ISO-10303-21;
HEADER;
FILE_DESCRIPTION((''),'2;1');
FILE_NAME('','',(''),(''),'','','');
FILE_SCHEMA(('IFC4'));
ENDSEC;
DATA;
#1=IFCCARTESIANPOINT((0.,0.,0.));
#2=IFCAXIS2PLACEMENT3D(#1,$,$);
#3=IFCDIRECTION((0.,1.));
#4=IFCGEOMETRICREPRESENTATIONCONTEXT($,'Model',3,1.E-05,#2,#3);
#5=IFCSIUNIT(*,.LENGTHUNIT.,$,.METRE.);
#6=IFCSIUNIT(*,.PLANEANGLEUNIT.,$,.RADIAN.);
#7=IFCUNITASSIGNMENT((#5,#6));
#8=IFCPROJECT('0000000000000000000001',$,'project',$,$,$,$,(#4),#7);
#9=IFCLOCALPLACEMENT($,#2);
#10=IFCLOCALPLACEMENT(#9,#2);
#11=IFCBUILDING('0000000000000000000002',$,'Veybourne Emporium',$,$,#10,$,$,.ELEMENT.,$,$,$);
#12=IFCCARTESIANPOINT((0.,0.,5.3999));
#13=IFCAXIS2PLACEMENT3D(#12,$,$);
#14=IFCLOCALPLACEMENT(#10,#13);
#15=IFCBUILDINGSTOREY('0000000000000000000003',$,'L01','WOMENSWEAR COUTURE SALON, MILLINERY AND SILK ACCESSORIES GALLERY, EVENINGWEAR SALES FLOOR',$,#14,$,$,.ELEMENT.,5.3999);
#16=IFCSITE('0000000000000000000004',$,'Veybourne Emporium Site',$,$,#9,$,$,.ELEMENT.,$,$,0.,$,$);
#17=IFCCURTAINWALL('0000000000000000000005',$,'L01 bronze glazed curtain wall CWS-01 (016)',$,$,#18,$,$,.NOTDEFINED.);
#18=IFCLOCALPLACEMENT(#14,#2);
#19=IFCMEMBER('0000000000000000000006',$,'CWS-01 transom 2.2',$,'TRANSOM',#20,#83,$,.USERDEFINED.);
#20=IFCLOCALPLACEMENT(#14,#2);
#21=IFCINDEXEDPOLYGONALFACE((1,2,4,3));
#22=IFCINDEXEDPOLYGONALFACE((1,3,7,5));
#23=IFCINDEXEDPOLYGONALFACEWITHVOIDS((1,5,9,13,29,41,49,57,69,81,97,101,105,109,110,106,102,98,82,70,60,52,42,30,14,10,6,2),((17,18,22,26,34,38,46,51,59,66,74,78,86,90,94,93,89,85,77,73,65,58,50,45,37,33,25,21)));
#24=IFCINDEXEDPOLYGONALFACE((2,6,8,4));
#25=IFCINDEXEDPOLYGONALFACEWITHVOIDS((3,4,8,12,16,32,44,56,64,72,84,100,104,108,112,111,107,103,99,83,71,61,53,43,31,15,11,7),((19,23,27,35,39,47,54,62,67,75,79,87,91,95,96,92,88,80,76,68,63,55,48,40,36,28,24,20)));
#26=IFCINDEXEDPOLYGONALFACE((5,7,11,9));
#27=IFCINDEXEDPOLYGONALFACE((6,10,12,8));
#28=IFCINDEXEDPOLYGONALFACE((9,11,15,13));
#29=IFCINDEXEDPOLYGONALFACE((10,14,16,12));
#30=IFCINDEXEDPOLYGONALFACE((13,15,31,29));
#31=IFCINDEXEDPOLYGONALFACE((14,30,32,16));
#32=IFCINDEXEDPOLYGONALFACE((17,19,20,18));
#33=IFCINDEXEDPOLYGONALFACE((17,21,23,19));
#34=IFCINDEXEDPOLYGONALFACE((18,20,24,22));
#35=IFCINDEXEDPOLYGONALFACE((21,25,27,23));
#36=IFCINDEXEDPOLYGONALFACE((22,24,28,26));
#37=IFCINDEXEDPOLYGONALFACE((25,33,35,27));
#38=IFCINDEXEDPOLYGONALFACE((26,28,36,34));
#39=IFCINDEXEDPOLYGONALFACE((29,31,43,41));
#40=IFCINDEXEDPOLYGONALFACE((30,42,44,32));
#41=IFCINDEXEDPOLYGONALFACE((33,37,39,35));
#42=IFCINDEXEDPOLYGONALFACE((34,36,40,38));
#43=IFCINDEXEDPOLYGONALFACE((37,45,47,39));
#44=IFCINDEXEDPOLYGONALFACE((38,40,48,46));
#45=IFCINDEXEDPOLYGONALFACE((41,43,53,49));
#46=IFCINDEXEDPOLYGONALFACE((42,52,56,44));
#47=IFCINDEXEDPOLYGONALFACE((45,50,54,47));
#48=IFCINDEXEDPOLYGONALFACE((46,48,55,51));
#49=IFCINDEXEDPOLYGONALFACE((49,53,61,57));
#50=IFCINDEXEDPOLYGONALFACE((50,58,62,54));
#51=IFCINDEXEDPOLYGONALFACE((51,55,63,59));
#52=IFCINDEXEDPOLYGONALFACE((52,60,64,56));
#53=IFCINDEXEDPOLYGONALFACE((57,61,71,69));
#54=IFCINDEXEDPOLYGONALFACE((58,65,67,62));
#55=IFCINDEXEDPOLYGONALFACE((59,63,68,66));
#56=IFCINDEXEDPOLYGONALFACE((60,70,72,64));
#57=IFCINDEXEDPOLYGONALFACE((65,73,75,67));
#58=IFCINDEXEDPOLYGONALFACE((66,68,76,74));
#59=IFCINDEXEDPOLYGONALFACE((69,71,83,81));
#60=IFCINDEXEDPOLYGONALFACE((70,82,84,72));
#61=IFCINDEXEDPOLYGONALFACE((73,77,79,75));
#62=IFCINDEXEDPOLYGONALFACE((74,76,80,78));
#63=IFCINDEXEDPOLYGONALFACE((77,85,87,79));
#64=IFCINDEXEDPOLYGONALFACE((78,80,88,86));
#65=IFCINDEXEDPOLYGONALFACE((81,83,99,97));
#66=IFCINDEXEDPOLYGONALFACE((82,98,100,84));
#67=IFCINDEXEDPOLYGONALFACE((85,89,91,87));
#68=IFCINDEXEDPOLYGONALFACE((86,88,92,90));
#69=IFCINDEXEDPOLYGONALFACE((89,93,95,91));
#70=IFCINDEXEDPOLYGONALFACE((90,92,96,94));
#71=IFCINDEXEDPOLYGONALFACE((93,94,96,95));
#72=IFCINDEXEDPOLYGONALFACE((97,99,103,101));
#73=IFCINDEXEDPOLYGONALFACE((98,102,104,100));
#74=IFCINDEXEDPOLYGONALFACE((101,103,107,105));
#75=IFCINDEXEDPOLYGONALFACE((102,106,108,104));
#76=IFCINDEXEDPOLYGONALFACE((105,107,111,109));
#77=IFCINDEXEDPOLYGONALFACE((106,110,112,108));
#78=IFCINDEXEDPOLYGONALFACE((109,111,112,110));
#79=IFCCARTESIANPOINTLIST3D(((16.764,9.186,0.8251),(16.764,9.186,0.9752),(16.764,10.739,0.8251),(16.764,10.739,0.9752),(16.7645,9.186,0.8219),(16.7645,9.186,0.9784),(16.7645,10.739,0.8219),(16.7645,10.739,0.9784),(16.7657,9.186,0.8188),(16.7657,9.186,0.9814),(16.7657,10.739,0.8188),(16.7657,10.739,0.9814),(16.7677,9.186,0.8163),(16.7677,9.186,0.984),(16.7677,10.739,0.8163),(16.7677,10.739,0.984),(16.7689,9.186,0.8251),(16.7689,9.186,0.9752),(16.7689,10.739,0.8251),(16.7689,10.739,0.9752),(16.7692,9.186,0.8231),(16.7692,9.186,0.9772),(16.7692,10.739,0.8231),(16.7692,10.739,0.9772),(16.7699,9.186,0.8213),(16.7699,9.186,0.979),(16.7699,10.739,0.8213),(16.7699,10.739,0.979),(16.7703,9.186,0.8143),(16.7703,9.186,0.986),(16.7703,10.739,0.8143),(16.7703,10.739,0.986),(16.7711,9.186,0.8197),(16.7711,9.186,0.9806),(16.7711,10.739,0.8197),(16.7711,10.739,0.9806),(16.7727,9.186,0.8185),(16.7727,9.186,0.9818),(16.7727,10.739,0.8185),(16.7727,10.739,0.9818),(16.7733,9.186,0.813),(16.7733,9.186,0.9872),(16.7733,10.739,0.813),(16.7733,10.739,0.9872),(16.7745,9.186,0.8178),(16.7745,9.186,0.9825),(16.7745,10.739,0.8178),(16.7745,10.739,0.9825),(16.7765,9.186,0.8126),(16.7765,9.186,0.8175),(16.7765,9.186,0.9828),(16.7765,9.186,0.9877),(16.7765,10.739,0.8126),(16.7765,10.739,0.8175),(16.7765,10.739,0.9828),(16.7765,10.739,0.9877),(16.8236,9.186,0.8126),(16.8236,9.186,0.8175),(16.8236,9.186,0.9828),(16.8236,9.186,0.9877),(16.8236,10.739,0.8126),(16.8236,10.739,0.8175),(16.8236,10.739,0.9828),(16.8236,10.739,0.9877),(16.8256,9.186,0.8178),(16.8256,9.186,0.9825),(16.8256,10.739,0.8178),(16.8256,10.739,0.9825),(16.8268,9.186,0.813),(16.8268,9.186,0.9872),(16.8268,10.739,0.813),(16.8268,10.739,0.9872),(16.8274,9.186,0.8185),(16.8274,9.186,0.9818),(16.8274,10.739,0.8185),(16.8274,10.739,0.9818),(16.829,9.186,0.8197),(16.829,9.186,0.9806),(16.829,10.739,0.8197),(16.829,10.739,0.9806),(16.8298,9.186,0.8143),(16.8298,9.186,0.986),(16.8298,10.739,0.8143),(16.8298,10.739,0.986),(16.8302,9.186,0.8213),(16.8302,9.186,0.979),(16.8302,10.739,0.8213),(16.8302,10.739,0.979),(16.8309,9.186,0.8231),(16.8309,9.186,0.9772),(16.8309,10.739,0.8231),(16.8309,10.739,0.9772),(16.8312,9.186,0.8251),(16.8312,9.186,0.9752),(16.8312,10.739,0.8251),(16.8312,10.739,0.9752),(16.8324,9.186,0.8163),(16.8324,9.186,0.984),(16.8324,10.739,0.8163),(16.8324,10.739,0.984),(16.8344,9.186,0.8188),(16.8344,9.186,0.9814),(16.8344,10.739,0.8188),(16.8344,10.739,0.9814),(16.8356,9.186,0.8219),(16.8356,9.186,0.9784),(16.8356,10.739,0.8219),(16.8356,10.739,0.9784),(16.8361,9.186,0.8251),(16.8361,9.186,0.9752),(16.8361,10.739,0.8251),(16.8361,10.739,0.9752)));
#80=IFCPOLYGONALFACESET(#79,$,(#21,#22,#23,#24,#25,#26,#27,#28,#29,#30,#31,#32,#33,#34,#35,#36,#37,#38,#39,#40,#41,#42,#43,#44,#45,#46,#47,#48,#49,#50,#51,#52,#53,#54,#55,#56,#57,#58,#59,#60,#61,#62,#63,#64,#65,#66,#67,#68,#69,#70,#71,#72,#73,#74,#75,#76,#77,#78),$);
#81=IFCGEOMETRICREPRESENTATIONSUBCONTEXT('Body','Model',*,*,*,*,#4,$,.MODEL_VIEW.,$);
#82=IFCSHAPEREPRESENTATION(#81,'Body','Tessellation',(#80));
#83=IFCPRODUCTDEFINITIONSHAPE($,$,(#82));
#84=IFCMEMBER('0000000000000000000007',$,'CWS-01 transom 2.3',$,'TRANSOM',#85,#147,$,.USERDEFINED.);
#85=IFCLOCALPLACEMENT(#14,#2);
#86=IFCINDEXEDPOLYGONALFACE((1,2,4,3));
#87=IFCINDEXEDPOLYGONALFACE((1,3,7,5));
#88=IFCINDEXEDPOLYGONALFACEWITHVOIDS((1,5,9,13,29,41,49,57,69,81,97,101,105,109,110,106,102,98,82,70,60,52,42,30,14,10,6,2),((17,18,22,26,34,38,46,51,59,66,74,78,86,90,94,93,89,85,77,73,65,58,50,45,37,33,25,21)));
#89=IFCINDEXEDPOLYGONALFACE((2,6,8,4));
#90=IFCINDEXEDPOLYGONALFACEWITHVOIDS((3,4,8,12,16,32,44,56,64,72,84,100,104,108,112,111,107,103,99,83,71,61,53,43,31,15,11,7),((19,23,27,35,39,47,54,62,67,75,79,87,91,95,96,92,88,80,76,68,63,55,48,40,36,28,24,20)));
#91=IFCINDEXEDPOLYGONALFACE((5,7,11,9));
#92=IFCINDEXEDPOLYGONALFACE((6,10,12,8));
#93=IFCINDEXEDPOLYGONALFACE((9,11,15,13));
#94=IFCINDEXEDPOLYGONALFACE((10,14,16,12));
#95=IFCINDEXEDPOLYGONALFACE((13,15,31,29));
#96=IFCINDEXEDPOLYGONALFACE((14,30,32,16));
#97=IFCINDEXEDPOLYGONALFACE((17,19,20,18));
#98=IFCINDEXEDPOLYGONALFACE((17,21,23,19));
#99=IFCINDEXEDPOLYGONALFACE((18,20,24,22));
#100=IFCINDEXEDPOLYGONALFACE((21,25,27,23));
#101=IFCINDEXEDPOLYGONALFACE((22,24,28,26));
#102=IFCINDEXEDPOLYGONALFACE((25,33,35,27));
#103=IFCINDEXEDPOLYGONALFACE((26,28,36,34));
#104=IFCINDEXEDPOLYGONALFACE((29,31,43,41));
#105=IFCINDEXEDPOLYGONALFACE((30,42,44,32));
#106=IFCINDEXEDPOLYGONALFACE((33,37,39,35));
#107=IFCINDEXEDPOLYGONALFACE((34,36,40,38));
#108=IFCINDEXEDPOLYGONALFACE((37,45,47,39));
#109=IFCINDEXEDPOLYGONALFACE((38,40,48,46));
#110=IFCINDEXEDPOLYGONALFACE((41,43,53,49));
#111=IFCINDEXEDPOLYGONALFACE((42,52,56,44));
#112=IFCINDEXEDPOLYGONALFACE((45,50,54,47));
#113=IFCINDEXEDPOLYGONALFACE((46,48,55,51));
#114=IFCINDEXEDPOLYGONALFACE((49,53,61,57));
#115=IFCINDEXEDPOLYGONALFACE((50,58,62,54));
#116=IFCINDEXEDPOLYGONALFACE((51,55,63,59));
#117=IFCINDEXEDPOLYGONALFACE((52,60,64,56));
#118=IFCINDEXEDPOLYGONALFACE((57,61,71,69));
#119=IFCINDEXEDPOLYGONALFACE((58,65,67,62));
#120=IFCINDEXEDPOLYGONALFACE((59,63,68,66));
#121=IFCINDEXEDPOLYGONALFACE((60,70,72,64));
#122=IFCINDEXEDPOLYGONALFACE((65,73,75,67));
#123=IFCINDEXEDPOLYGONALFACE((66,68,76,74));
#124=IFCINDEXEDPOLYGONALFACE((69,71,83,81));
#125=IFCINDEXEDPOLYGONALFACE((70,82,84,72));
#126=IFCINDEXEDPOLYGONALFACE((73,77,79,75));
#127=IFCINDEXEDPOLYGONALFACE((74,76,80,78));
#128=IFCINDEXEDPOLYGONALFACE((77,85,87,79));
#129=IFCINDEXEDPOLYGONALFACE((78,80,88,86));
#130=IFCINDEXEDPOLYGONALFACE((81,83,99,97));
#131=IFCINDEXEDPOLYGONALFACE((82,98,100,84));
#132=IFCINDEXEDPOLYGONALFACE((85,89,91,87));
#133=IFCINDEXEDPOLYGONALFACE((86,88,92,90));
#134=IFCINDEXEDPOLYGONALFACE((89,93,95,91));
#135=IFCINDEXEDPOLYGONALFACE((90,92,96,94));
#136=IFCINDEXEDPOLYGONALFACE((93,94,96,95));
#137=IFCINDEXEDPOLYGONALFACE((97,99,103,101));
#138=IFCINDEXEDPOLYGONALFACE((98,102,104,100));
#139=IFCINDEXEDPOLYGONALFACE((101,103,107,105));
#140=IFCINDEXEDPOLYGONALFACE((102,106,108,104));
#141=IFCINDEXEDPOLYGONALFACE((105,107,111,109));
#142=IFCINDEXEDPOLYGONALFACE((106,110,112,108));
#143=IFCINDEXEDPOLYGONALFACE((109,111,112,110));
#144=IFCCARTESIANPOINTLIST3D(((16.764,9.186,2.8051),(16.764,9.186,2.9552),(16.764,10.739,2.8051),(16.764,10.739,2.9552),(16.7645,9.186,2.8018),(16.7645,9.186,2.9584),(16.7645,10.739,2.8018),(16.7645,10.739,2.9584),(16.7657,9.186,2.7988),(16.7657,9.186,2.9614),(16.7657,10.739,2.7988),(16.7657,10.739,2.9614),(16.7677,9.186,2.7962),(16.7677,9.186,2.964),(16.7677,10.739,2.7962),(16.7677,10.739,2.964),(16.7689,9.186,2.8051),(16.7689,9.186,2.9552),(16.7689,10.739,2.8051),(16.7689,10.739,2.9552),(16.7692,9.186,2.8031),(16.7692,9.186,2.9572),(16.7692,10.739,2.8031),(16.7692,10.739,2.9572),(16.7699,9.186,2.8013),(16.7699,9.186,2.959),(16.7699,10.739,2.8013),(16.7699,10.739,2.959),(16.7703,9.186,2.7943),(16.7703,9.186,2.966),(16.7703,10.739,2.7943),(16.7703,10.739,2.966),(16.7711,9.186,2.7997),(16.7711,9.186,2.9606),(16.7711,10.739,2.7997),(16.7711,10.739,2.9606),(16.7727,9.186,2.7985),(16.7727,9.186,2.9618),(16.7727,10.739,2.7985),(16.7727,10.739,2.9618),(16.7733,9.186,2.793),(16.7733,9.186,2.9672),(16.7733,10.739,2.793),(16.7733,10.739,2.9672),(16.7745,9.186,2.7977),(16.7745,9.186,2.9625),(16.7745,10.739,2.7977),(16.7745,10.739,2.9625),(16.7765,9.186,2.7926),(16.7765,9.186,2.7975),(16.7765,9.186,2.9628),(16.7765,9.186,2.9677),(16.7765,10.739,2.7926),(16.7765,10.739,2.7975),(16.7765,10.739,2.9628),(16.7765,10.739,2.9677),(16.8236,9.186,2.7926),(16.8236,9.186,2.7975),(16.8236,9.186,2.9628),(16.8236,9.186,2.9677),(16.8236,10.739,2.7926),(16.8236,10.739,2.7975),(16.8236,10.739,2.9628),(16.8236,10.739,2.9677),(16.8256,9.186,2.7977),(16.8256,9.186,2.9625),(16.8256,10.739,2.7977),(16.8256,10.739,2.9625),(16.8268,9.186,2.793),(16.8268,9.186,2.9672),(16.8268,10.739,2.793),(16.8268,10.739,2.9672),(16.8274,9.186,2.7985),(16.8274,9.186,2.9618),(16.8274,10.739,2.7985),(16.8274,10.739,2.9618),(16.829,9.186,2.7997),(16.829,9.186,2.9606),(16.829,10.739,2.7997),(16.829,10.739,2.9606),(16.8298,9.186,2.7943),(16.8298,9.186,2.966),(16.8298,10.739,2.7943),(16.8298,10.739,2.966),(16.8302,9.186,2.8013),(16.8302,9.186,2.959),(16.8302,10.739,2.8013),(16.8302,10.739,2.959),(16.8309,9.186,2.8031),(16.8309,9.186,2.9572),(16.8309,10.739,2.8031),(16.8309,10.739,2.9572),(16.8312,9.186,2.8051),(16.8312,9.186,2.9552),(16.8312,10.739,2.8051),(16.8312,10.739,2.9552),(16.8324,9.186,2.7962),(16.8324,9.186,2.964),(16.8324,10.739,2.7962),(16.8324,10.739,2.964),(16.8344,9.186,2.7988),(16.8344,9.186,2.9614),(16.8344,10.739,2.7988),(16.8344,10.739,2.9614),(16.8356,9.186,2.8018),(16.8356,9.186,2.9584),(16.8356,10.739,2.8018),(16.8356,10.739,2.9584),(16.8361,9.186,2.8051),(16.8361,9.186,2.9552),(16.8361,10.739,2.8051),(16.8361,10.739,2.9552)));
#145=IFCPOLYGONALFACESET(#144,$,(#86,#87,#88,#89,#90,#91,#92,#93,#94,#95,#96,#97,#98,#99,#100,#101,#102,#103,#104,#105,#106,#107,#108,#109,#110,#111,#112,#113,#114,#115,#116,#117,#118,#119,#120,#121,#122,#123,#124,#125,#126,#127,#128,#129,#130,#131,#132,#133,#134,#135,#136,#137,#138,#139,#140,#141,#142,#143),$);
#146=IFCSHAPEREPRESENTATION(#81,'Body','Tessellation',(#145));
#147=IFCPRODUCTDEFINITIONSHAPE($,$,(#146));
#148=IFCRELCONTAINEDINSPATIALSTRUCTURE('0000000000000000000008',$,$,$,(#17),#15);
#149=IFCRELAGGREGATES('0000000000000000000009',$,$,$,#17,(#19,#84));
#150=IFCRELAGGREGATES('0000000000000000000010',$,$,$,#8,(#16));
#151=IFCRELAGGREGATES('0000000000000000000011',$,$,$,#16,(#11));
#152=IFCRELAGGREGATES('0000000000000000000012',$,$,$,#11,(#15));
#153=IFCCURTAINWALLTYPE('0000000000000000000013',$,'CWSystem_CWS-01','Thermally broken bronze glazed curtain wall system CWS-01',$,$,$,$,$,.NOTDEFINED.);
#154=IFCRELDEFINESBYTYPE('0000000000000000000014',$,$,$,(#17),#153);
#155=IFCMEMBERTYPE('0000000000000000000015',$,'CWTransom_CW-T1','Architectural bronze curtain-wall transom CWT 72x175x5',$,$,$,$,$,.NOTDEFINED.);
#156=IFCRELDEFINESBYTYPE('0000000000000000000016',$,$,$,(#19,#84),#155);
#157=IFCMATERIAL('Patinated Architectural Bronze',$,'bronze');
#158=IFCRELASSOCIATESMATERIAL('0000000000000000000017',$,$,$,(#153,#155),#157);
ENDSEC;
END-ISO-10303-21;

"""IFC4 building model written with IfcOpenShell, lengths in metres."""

from ifc_helpers import new_model, si_unit, direction, frame, origin, origin_2d, place, context, subcontext, project, spatial, hollow_rectangle, extrude, material, material_profile, profile_set, type_object, element, aggregate, save


model = new_model("IFC4")

# Units and contexts
model_context = context("Model", 3, precision=1e-05, world=origin(), true_north=direction((0.0, 1.0)))
body_context = subcontext(model_context, "Body", "Model", "MODEL_VIEW")
ifc_project = project(units=[si_unit("LENGTHUNIT", "METRE"), si_unit("PLANEANGLEUNIT", "RADIAN")], contexts=[model_context])

# Site, building, storey
site_placement = place(None, origin())
site = spatial("IfcSite", under=ifc_project, at=site_placement, Name="Veybourne Emporium Site", CompositionType="ELEMENT", RefElevation=0.0)
building_placement = place(site_placement, origin())
building = spatial("IfcBuilding", under=site, at=building_placement, Name="Veybourne Emporium", CompositionType="ELEMENT")
storey_placement = place(building_placement, frame((0.0, 0.0, 5.3999)))
storey = spatial("IfcBuildingStorey", under=building, at=storey_placement, Name="L01", Description="WOMENSWEAR COUTURE SALON, MILLINERY AND SILK ACCESSORIES GALLERY, EVENINGWEAR SALES FLOOR", CompositionType="ELEMENT", Elevation=5.3999)

# Curtain wall
ifc_material_1 = material(Name="Patinated Architectural Bronze", Category="bronze")
curtain_wall_type_1 = type_object("IfcCurtainWallType", Name="CWSystem_CWS-01", Description="Thermally broken bronze glazed curtain wall system CWS-01", PredefinedType="NOTDEFINED", material=ifc_material_1)
curtain_wall_1_placement = place(storey_placement, origin())
curtain_wall_1 = element("IfcCurtainWall", 1, at=curtain_wall_1_placement, inside=storey, type_object=curtain_wall_type_1, Name="L01 bronze glazed curtain wall CWS-01 (016)", PredefinedType="NOTDEFINED")

# Members
ifc_material_profile_1 = material_profile(ifc_material_1, hollow_rectangle(XDim=0.072, YDim=0.175, WallThickness=0.0049, InnerFilletRadius=0.0076, OuterFilletRadius=0.0125, at=origin_2d()), Name="CWT 72x175x5")
ifc_profile_set_1 = profile_set([ifc_material_profile_1], Name="Patinated Architectural Bronze")
member_type_1 = type_object("IfcMemberType", Name="CWTransom_CW-T1", Description="Architectural bronze curtain-wall transom CWT 72x175x5", PredefinedType="NOTDEFINED", material=ifc_profile_set_1)
member_1_placement = place(storey_placement, frame((16.8, 9.186, 0.9001), z_axis=(0.0, 1.0, 0.0), x_axis=(-1.0, 0.0, 0.0)))
member_1 = element("IfcMember", 2, at=member_1_placement, type_object=member_type_1, Name="CWS-01 transom 2.2", ObjectType="TRANSOM", PredefinedType="USERDEFINED", context=body_context, shape_type="SweptSolid", body=[
    extrude(hollow_rectangle(XDim=0.072, YDim=0.175, WallThickness=0.0049, InnerFilletRadius=0.0076, OuterFilletRadius=0.0125, at=origin_2d()), origin(), (0.0, 0.0, 1.0), 1.553),
])
member_2_placement = place(storey_placement, frame((16.8, 9.186, 2.8801), z_axis=(0.0, 1.0, 0.0), x_axis=(-1.0, 0.0, 0.0)))
member_2 = element("IfcMember", 3, at=member_2_placement, type_object=member_type_1, Name="CWS-01 transom 2.3", ObjectType="TRANSOM", PredefinedType="USERDEFINED", context=body_context, shape_type="SweptSolid", body=[
    extrude(hollow_rectangle(XDim=0.072, YDim=0.175, WallThickness=0.0049, InnerFilletRadius=0.0076, OuterFilletRadius=0.0125, at=origin_2d()), origin(), (0.0, 0.0, 1.0), 1.553),
])

aggregate(curtain_wall_1, [member_1, member_2])

save(model, "model.ifc")
